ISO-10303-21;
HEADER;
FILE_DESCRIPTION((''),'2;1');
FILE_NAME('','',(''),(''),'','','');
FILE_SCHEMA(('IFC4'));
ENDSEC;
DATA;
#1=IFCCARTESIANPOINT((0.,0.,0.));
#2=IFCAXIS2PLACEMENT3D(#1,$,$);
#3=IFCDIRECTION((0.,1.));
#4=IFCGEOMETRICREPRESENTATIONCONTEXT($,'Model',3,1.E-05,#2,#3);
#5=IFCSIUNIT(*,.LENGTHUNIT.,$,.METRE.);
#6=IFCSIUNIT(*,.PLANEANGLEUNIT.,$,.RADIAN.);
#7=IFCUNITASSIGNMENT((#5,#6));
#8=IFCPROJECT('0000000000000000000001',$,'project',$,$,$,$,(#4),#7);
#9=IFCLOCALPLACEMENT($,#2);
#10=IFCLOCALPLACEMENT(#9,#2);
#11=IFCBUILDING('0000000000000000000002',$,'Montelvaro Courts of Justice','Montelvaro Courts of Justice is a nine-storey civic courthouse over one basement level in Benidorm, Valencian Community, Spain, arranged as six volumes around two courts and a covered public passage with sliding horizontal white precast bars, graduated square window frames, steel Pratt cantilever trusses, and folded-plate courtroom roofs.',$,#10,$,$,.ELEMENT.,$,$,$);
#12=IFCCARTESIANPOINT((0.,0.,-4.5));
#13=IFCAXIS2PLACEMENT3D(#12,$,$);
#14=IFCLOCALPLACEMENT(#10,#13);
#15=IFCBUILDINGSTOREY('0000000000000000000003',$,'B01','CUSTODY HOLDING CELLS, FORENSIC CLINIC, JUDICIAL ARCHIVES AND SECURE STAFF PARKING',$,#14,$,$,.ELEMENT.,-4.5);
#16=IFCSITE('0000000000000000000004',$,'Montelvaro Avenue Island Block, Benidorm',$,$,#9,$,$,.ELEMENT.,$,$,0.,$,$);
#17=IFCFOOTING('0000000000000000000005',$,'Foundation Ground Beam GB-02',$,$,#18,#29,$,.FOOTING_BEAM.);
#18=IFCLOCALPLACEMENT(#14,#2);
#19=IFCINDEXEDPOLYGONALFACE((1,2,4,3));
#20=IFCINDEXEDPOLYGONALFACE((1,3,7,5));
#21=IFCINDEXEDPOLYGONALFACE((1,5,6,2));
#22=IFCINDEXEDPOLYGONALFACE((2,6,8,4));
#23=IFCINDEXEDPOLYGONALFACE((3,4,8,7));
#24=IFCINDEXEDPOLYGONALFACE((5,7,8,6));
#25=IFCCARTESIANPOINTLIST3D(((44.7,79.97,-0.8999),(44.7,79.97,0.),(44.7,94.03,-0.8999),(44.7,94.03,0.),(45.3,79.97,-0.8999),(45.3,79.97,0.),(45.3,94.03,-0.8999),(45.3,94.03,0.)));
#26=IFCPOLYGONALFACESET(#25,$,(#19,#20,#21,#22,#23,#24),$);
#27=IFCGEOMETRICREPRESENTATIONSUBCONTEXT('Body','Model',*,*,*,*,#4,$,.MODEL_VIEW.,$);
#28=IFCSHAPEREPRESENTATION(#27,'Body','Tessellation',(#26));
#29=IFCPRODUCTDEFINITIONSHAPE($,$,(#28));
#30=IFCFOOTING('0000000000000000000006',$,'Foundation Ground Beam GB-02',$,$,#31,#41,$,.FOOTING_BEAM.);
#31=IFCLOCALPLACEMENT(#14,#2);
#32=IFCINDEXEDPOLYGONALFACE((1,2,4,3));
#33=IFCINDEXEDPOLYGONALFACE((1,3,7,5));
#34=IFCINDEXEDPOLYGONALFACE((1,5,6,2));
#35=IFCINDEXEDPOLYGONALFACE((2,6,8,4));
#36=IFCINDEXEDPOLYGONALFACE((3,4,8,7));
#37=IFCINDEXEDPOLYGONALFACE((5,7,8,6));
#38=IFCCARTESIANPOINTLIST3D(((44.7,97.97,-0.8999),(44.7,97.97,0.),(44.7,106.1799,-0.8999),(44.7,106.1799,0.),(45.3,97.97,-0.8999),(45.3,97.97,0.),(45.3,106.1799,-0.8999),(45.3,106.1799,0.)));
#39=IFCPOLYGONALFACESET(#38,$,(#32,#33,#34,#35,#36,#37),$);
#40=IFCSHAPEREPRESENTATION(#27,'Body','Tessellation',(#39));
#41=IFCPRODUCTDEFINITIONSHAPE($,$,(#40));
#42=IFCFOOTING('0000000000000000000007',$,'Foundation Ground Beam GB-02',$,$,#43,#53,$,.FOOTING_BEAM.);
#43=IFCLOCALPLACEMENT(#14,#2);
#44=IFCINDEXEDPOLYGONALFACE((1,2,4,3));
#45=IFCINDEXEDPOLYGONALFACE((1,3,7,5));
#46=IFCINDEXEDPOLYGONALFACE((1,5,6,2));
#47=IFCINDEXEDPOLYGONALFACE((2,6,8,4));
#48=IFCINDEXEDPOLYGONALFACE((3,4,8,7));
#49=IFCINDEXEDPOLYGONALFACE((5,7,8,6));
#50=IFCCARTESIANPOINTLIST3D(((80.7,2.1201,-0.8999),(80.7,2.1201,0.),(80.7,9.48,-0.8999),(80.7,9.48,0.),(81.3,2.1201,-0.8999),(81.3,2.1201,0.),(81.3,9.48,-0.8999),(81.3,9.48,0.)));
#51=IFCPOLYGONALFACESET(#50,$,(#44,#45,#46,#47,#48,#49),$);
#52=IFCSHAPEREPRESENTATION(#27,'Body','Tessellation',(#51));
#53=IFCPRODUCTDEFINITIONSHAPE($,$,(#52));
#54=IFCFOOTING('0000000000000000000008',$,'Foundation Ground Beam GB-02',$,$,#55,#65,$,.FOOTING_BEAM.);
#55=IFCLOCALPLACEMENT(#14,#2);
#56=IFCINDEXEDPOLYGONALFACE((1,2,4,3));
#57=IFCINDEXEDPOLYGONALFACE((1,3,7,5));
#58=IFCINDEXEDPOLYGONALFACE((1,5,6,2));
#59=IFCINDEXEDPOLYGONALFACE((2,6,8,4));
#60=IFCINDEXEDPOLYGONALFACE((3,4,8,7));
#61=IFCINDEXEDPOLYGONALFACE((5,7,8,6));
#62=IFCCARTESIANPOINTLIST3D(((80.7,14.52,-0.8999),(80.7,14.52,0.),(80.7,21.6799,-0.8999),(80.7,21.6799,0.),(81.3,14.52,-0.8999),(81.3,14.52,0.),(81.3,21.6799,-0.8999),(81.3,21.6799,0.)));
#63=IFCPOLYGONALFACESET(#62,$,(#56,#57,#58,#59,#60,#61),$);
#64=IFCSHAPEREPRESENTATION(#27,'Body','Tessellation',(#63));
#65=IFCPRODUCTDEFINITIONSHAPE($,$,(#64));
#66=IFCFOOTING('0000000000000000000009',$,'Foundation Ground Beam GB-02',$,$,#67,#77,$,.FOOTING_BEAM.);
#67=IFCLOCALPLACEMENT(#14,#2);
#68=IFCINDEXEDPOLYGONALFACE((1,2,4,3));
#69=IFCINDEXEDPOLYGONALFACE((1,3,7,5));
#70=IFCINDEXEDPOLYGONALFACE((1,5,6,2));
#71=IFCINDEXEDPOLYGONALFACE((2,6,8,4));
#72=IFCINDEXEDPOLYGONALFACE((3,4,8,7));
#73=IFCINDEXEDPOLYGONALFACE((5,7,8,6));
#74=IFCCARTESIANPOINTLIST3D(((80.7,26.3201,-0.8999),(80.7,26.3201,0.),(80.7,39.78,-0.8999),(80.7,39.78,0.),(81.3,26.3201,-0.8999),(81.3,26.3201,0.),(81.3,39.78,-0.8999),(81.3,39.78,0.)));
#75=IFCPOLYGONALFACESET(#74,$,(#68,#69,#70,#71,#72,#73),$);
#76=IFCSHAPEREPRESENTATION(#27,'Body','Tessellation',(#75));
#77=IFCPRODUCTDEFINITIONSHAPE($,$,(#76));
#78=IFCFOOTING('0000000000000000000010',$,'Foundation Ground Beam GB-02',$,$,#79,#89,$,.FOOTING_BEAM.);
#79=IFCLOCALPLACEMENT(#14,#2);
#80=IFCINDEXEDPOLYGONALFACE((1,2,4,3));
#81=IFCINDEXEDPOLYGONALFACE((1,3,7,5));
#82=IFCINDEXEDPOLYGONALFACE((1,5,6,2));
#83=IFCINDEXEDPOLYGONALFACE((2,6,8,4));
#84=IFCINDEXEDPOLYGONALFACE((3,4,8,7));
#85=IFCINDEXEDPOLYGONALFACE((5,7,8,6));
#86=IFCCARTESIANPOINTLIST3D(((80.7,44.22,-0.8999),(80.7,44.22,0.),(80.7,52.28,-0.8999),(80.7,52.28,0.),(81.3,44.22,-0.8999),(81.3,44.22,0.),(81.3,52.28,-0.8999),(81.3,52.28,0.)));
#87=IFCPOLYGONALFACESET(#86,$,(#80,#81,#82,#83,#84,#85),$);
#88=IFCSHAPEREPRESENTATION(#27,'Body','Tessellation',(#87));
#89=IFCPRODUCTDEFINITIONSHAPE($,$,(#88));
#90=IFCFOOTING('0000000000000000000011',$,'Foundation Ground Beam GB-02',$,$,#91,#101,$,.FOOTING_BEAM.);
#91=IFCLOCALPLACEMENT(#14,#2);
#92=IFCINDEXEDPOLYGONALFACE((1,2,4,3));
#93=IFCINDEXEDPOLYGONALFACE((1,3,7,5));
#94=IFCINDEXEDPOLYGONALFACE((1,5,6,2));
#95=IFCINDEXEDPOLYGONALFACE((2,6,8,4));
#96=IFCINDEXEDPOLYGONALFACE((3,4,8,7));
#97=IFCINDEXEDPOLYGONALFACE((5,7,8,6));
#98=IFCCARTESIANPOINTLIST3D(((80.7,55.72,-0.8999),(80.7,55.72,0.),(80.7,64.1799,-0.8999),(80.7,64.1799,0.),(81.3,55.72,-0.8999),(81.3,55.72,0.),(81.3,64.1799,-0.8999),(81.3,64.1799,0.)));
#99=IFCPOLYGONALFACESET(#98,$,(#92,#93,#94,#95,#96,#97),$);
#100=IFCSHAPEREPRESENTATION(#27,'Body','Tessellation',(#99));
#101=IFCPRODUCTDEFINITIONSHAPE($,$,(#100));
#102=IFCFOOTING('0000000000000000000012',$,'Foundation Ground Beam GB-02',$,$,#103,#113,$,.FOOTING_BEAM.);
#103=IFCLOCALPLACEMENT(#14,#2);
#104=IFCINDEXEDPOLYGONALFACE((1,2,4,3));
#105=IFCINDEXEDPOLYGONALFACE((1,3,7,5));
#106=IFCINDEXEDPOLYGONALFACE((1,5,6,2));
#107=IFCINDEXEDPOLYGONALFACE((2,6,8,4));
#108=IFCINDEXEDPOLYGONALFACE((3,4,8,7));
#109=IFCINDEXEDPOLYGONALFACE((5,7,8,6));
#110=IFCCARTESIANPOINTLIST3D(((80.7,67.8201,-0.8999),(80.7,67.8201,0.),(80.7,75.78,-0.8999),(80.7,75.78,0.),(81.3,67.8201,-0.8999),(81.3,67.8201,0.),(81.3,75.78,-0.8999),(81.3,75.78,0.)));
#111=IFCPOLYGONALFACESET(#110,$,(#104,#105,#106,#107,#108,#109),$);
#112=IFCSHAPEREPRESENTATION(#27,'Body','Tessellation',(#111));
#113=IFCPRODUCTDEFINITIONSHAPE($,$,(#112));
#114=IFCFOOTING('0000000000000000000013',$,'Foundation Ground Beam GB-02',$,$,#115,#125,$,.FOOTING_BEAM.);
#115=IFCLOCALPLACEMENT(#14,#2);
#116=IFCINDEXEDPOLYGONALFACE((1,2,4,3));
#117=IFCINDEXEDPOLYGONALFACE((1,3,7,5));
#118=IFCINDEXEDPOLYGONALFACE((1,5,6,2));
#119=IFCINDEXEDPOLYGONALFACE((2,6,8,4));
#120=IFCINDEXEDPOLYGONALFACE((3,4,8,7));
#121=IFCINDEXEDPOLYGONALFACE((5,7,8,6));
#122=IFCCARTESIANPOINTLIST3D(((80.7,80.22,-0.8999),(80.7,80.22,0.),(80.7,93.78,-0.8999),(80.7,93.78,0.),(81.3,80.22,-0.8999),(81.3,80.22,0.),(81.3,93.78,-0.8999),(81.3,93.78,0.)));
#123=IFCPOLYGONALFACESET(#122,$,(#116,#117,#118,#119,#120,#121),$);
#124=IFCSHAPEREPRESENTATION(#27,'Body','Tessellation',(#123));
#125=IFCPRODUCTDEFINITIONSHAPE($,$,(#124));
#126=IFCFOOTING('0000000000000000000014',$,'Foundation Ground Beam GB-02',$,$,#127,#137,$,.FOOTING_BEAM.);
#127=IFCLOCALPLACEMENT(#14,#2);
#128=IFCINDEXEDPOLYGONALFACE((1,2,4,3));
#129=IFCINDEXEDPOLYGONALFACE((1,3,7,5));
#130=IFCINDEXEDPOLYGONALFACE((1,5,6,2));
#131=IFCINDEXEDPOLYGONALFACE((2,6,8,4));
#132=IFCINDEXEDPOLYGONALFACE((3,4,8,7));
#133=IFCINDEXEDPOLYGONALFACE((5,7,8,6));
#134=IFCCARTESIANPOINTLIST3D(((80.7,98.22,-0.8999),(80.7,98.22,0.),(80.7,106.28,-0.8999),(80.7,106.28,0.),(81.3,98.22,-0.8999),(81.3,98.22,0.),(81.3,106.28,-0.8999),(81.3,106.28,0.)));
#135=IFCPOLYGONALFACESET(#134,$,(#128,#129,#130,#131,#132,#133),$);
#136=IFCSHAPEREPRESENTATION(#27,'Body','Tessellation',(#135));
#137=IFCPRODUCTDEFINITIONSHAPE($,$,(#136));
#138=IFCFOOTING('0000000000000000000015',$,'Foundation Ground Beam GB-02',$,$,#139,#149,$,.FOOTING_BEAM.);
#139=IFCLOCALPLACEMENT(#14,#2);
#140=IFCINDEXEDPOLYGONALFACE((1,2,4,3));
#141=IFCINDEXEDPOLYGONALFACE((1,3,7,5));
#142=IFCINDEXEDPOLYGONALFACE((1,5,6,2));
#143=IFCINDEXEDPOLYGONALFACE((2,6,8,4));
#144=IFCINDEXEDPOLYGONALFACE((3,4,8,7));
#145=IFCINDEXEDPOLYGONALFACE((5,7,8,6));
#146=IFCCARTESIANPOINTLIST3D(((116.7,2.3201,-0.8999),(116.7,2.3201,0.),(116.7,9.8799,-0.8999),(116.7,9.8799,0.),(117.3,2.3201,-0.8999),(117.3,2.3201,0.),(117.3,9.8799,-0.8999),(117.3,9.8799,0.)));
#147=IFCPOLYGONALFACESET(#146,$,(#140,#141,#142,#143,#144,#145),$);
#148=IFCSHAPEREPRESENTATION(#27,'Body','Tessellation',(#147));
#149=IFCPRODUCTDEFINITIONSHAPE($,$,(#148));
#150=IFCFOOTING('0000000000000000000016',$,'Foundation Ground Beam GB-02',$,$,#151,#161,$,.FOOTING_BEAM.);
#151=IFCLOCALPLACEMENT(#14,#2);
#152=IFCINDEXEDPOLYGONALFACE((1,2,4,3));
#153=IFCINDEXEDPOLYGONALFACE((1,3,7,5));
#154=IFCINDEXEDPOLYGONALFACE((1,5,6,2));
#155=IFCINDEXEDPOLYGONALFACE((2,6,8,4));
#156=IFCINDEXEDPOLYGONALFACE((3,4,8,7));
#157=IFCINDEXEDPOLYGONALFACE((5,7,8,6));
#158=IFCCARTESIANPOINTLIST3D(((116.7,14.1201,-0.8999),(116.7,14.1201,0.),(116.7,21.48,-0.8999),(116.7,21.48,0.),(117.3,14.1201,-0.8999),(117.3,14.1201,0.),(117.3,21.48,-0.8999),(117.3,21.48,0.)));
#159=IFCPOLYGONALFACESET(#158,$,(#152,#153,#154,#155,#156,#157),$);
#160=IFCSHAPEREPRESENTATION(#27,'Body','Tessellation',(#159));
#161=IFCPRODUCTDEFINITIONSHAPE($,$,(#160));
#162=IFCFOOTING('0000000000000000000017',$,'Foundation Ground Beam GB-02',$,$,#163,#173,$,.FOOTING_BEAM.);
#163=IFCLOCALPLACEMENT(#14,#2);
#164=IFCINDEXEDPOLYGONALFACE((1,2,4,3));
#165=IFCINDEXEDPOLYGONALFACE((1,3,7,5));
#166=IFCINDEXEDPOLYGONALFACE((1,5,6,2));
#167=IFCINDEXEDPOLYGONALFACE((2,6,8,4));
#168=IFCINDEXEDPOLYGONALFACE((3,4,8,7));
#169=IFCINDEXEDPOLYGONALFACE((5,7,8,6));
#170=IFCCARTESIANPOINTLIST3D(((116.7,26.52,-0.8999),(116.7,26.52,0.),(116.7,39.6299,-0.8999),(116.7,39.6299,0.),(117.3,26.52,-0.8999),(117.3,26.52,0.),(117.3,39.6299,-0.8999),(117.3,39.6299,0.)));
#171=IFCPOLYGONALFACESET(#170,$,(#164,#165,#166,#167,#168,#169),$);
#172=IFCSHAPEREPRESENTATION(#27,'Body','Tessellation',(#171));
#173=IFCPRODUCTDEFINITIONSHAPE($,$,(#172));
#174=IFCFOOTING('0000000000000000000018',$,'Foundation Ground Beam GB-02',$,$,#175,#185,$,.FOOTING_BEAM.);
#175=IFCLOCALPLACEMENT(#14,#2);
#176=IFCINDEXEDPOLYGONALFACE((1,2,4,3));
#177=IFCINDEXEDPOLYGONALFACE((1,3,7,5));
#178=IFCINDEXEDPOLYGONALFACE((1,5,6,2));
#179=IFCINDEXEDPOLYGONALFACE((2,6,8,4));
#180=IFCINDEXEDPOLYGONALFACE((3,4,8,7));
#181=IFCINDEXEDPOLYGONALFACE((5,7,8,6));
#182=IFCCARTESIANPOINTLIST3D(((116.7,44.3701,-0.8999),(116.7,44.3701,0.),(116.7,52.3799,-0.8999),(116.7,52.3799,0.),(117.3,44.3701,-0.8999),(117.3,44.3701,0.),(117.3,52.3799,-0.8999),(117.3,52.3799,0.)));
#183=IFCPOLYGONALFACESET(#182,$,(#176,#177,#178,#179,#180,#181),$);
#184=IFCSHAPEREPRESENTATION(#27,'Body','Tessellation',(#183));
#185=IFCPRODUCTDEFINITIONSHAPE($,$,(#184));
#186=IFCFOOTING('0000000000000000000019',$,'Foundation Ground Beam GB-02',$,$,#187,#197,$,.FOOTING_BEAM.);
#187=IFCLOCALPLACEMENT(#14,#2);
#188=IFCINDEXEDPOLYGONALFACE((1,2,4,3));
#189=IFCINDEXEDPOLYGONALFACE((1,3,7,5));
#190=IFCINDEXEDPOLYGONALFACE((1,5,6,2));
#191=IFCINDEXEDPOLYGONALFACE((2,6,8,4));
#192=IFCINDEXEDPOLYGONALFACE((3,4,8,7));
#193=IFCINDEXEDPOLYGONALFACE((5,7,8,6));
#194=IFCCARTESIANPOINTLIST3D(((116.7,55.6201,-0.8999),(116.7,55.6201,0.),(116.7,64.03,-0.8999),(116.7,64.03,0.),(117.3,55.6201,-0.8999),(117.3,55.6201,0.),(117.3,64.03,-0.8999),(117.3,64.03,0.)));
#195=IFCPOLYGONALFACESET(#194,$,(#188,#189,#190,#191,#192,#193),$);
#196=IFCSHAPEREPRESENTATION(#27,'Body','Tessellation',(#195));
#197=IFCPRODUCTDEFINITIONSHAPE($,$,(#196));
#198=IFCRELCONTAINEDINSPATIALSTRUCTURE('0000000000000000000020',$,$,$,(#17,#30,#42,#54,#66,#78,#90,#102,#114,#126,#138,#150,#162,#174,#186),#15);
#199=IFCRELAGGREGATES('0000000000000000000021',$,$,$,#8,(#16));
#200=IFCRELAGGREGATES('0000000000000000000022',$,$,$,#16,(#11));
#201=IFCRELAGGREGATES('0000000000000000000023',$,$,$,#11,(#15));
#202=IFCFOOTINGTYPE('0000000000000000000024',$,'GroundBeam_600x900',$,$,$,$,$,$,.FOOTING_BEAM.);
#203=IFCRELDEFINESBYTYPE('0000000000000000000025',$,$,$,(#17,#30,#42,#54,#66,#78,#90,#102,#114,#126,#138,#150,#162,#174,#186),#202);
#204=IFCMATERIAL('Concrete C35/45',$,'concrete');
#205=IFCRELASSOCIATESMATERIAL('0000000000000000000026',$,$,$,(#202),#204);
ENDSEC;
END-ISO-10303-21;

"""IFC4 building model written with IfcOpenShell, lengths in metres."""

from ifc_helpers import new_model, si_unit, direction, frame, origin, place, context, subcontext, project, spatial, polyline, outline, extrude, material, type_object, element, save


model = new_model("IFC4")

# Units and contexts
model_context = context("Model", 3, precision=1e-05, world=origin(), true_north=direction((0.0, 1.0)))
body_context = subcontext(model_context, "Body", "Model", "MODEL_VIEW")
ifc_project = project(units=[si_unit("LENGTHUNIT", "METRE"), si_unit("PLANEANGLEUNIT", "RADIAN")], contexts=[model_context])

# Site, building, storey
site_placement = place(None, origin())
site = spatial("IfcSite", under=ifc_project, at=site_placement, Name="Montelvaro Avenue Island Block, Benidorm", CompositionType="ELEMENT", RefElevation=0.0)
building_placement = place(site_placement, origin())
building = spatial("IfcBuilding", under=site, at=building_placement, Name="Montelvaro Courts of Justice", Description="Montelvaro Courts of Justice is a nine-storey civic courthouse over one basement level in Benidorm, Valencian Community, Spain, arranged as six volumes around two courts and a covered public passage with sliding horizontal white precast bars, graduated square window frames, steel Pratt cantilever trusses, and folded-plate courtroom roofs.", CompositionType="ELEMENT")
storey_placement = place(building_placement, frame((0.0, 0.0, -4.5)))
storey = spatial("IfcBuildingStorey", under=building, at=storey_placement, Name="B01", Description="CUSTODY HOLDING CELLS, FORENSIC CLINIC, JUDICIAL ARCHIVES AND SECURE STAFF PARKING", CompositionType="ELEMENT", Elevation=-4.5)

# Footings
ifc_material = material(Name="Concrete C35/45", Category="concrete")
footing_type_1 = type_object("IfcFootingType", Name="GroundBeam_600x900", PredefinedType="FOOTING_BEAM", material=ifc_material)
footing_1_placement = place(storey_placement, frame((0.0, 0.0, -0.8999)))
element("IfcFooting", 1, at=footing_1_placement, inside=storey, type_object=footing_type_1, Name="Foundation Ground Beam GB-02", PredefinedType="FOOTING_BEAM", context=body_context, shape_type="SweptSolid", body=[
    extrude(outline(polyline([(44.7, 79.97), (45.3, 79.97), (45.3, 94.03), (44.7, 94.03), (44.7, 79.97)])), origin(), (0.0, 0.0, 1.0), 0.8999),
])
footing_2_placement = place(storey_placement, frame((0.0, 0.0, -0.8999)))
element("IfcFooting", 2, at=footing_2_placement, inside=storey, type_object=footing_type_1, Name="Foundation Ground Beam GB-02", PredefinedType="FOOTING_BEAM", context=body_context, shape_type="SweptSolid", body=[
    extrude(outline(polyline([(44.7, 97.97), (45.3, 97.97), (45.3, 106.1799), (44.7, 106.1799), (44.7, 97.97)])), origin(), (0.0, 0.0, 1.0), 0.8999),
])
footing_3_placement = place(storey_placement, frame((0.0, 0.0, -0.8999)))
element("IfcFooting", 3, at=footing_3_placement, inside=storey, type_object=footing_type_1, Name="Foundation Ground Beam GB-02", PredefinedType="FOOTING_BEAM", context=body_context, shape_type="SweptSolid", body=[
    extrude(outline(polyline([(80.7, 2.1201), (81.3, 2.1201), (81.3, 9.48), (80.7, 9.48), (80.7, 2.1201)])), origin(), (0.0, 0.0, 1.0), 0.8999),
])
footing_4_placement = place(storey_placement, frame((0.0, 0.0, -0.8999)))
element("IfcFooting", 4, at=footing_4_placement, inside=storey, type_object=footing_type_1, Name="Foundation Ground Beam GB-02", PredefinedType="FOOTING_BEAM", context=body_context, shape_type="SweptSolid", body=[
    extrude(outline(polyline([(80.7, 14.52), (81.3, 14.52), (81.3, 21.6799), (80.7, 21.6799), (80.7, 14.52)])), origin(), (0.0, 0.0, 1.0), 0.8999),
])
footing_5_placement = place(storey_placement, frame((0.0, 0.0, -0.8999)))
element("IfcFooting", 5, at=footing_5_placement, inside=storey, type_object=footing_type_1, Name="Foundation Ground Beam GB-02", PredefinedType="FOOTING_BEAM", context=body_context, shape_type="SweptSolid", body=[
    extrude(outline(polyline([(80.7, 26.3201), (81.3, 26.3201), (81.3, 39.78), (80.7, 39.78), (80.7, 26.3201)])), origin(), (0.0, 0.0, 1.0), 0.8999),
])
footing_6_placement = place(storey_placement, frame((0.0, 0.0, -0.8999)))
element("IfcFooting", 6, at=footing_6_placement, inside=storey, type_object=footing_type_1, Name="Foundation Ground Beam GB-02", PredefinedType="FOOTING_BEAM", context=body_context, shape_type="SweptSolid", body=[
    extrude(outline(polyline([(80.7, 44.22), (81.3, 44.22), (81.3, 52.28), (80.7, 52.28), (80.7, 44.22)])), origin(), (0.0, 0.0, 1.0), 0.8999),
])
footing_7_placement = place(storey_placement, frame((0.0, 0.0, -0.8999)))
element("IfcFooting", 7, at=footing_7_placement, inside=storey, type_object=footing_type_1, Name="Foundation Ground Beam GB-02", PredefinedType="FOOTING_BEAM", context=body_context, shape_type="SweptSolid", body=[
    extrude(outline(polyline([(80.7, 55.72), (81.3, 55.72), (81.3, 64.1799), (80.7, 64.1799), (80.7, 55.72)])), origin(), (0.0, 0.0, 1.0), 0.8999),
])
footing_8_placement = place(storey_placement, frame((0.0, 0.0, -0.8999)))
element("IfcFooting", 8, at=footing_8_placement, inside=storey, type_object=footing_type_1, Name="Foundation Ground Beam GB-02", PredefinedType="FOOTING_BEAM", context=body_context, shape_type="SweptSolid", body=[
    extrude(outline(polyline([(80.7, 67.8201), (81.3, 67.8201), (81.3, 75.78), (80.7, 75.78), (80.7, 67.8201)])), origin(), (0.0, 0.0, 1.0), 0.8999),
])
footing_9_placement = place(storey_placement, frame((0.0, 0.0, -0.8999)))
element("IfcFooting", 9, at=footing_9_placement, inside=storey, type_object=footing_type_1, Name="Foundation Ground Beam GB-02", PredefinedType="FOOTING_BEAM", context=body_context, shape_type="SweptSolid", body=[
    extrude(outline(polyline([(80.7, 80.22), (81.3, 80.22), (81.3, 93.78), (80.7, 93.78), (80.7, 80.22)])), origin(), (0.0, 0.0, 1.0), 0.8999),
])
footing_10_placement = place(storey_placement, frame((0.0, 0.0, -0.8999)))
element("IfcFooting", 10, at=footing_10_placement, inside=storey, type_object=footing_type_1, Name="Foundation Ground Beam GB-02", PredefinedType="FOOTING_BEAM", context=body_context, shape_type="SweptSolid", body=[
    extrude(outline(polyline([(80.7, 98.22), (81.3, 98.22), (81.3, 106.28), (80.7, 106.28), (80.7, 98.22)])), origin(), (0.0, 0.0, 1.0), 0.8999),
])
footing_11_placement = place(storey_placement, frame((0.0, 0.0, -0.8999)))
element("IfcFooting", 11, at=footing_11_placement, inside=storey, type_object=footing_type_1, Name="Foundation Ground Beam GB-02", PredefinedType="FOOTING_BEAM", context=body_context, shape_type="SweptSolid", body=[
    extrude(outline(polyline([(116.7, 2.3201), (117.3, 2.3201), (117.3, 9.8799), (116.7, 9.8799), (116.7, 2.3201)])), origin(), (0.0, 0.0, 1.0), 0.8999),
])
footing_12_placement = place(storey_placement, frame((0.0, 0.0, -0.8999)))
element("IfcFooting", 12, at=footing_12_placement, inside=storey, type_object=footing_type_1, Name="Foundation Ground Beam GB-02", PredefinedType="FOOTING_BEAM", context=body_context, shape_type="SweptSolid", body=[
    extrude(outline(polyline([(116.7, 14.1201), (117.3, 14.1201), (117.3, 21.48), (116.7, 21.48), (116.7, 14.1201)])), origin(), (0.0, 0.0, 1.0), 0.8999),
])
footing_13_placement = place(storey_placement, frame((0.0, 0.0, -0.8999)))
element("IfcFooting", 13, at=footing_13_placement, inside=storey, type_object=footing_type_1, Name="Foundation Ground Beam GB-02", PredefinedType="FOOTING_BEAM", context=body_context, shape_type="SweptSolid", body=[
    extrude(outline(polyline([(116.7, 26.52), (117.3, 26.52), (117.3, 39.6299), (116.7, 39.6299), (116.7, 26.52)])), origin(), (0.0, 0.0, 1.0), 0.8999),
])
footing_14_placement = place(storey_placement, frame((0.0, 0.0, -0.8999)))
element("IfcFooting", 14, at=footing_14_placement, inside=storey, type_object=footing_type_1, Name="Foundation Ground Beam GB-02", PredefinedType="FOOTING_BEAM", context=body_context, shape_type="SweptSolid", body=[
    extrude(outline(polyline([(116.7, 44.3701), (117.3, 44.3701), (117.3, 52.3799), (116.7, 52.3799), (116.7, 44.3701)])), origin(), (0.0, 0.0, 1.0), 0.8999),
])
footing_15_placement = place(storey_placement, frame((0.0, 0.0, -0.8999)))
element("IfcFooting", 15, at=footing_15_placement, inside=storey, type_object=footing_type_1, Name="Foundation Ground Beam GB-02", PredefinedType="FOOTING_BEAM", context=body_context, shape_type="SweptSolid", body=[
    extrude(outline(polyline([(116.7, 55.6201), (117.3, 55.6201), (117.3, 64.03), (116.7, 64.03), (116.7, 55.6201)])), origin(), (0.0, 0.0, 1.0), 0.8999),
])

save(model, "model.ifc")
